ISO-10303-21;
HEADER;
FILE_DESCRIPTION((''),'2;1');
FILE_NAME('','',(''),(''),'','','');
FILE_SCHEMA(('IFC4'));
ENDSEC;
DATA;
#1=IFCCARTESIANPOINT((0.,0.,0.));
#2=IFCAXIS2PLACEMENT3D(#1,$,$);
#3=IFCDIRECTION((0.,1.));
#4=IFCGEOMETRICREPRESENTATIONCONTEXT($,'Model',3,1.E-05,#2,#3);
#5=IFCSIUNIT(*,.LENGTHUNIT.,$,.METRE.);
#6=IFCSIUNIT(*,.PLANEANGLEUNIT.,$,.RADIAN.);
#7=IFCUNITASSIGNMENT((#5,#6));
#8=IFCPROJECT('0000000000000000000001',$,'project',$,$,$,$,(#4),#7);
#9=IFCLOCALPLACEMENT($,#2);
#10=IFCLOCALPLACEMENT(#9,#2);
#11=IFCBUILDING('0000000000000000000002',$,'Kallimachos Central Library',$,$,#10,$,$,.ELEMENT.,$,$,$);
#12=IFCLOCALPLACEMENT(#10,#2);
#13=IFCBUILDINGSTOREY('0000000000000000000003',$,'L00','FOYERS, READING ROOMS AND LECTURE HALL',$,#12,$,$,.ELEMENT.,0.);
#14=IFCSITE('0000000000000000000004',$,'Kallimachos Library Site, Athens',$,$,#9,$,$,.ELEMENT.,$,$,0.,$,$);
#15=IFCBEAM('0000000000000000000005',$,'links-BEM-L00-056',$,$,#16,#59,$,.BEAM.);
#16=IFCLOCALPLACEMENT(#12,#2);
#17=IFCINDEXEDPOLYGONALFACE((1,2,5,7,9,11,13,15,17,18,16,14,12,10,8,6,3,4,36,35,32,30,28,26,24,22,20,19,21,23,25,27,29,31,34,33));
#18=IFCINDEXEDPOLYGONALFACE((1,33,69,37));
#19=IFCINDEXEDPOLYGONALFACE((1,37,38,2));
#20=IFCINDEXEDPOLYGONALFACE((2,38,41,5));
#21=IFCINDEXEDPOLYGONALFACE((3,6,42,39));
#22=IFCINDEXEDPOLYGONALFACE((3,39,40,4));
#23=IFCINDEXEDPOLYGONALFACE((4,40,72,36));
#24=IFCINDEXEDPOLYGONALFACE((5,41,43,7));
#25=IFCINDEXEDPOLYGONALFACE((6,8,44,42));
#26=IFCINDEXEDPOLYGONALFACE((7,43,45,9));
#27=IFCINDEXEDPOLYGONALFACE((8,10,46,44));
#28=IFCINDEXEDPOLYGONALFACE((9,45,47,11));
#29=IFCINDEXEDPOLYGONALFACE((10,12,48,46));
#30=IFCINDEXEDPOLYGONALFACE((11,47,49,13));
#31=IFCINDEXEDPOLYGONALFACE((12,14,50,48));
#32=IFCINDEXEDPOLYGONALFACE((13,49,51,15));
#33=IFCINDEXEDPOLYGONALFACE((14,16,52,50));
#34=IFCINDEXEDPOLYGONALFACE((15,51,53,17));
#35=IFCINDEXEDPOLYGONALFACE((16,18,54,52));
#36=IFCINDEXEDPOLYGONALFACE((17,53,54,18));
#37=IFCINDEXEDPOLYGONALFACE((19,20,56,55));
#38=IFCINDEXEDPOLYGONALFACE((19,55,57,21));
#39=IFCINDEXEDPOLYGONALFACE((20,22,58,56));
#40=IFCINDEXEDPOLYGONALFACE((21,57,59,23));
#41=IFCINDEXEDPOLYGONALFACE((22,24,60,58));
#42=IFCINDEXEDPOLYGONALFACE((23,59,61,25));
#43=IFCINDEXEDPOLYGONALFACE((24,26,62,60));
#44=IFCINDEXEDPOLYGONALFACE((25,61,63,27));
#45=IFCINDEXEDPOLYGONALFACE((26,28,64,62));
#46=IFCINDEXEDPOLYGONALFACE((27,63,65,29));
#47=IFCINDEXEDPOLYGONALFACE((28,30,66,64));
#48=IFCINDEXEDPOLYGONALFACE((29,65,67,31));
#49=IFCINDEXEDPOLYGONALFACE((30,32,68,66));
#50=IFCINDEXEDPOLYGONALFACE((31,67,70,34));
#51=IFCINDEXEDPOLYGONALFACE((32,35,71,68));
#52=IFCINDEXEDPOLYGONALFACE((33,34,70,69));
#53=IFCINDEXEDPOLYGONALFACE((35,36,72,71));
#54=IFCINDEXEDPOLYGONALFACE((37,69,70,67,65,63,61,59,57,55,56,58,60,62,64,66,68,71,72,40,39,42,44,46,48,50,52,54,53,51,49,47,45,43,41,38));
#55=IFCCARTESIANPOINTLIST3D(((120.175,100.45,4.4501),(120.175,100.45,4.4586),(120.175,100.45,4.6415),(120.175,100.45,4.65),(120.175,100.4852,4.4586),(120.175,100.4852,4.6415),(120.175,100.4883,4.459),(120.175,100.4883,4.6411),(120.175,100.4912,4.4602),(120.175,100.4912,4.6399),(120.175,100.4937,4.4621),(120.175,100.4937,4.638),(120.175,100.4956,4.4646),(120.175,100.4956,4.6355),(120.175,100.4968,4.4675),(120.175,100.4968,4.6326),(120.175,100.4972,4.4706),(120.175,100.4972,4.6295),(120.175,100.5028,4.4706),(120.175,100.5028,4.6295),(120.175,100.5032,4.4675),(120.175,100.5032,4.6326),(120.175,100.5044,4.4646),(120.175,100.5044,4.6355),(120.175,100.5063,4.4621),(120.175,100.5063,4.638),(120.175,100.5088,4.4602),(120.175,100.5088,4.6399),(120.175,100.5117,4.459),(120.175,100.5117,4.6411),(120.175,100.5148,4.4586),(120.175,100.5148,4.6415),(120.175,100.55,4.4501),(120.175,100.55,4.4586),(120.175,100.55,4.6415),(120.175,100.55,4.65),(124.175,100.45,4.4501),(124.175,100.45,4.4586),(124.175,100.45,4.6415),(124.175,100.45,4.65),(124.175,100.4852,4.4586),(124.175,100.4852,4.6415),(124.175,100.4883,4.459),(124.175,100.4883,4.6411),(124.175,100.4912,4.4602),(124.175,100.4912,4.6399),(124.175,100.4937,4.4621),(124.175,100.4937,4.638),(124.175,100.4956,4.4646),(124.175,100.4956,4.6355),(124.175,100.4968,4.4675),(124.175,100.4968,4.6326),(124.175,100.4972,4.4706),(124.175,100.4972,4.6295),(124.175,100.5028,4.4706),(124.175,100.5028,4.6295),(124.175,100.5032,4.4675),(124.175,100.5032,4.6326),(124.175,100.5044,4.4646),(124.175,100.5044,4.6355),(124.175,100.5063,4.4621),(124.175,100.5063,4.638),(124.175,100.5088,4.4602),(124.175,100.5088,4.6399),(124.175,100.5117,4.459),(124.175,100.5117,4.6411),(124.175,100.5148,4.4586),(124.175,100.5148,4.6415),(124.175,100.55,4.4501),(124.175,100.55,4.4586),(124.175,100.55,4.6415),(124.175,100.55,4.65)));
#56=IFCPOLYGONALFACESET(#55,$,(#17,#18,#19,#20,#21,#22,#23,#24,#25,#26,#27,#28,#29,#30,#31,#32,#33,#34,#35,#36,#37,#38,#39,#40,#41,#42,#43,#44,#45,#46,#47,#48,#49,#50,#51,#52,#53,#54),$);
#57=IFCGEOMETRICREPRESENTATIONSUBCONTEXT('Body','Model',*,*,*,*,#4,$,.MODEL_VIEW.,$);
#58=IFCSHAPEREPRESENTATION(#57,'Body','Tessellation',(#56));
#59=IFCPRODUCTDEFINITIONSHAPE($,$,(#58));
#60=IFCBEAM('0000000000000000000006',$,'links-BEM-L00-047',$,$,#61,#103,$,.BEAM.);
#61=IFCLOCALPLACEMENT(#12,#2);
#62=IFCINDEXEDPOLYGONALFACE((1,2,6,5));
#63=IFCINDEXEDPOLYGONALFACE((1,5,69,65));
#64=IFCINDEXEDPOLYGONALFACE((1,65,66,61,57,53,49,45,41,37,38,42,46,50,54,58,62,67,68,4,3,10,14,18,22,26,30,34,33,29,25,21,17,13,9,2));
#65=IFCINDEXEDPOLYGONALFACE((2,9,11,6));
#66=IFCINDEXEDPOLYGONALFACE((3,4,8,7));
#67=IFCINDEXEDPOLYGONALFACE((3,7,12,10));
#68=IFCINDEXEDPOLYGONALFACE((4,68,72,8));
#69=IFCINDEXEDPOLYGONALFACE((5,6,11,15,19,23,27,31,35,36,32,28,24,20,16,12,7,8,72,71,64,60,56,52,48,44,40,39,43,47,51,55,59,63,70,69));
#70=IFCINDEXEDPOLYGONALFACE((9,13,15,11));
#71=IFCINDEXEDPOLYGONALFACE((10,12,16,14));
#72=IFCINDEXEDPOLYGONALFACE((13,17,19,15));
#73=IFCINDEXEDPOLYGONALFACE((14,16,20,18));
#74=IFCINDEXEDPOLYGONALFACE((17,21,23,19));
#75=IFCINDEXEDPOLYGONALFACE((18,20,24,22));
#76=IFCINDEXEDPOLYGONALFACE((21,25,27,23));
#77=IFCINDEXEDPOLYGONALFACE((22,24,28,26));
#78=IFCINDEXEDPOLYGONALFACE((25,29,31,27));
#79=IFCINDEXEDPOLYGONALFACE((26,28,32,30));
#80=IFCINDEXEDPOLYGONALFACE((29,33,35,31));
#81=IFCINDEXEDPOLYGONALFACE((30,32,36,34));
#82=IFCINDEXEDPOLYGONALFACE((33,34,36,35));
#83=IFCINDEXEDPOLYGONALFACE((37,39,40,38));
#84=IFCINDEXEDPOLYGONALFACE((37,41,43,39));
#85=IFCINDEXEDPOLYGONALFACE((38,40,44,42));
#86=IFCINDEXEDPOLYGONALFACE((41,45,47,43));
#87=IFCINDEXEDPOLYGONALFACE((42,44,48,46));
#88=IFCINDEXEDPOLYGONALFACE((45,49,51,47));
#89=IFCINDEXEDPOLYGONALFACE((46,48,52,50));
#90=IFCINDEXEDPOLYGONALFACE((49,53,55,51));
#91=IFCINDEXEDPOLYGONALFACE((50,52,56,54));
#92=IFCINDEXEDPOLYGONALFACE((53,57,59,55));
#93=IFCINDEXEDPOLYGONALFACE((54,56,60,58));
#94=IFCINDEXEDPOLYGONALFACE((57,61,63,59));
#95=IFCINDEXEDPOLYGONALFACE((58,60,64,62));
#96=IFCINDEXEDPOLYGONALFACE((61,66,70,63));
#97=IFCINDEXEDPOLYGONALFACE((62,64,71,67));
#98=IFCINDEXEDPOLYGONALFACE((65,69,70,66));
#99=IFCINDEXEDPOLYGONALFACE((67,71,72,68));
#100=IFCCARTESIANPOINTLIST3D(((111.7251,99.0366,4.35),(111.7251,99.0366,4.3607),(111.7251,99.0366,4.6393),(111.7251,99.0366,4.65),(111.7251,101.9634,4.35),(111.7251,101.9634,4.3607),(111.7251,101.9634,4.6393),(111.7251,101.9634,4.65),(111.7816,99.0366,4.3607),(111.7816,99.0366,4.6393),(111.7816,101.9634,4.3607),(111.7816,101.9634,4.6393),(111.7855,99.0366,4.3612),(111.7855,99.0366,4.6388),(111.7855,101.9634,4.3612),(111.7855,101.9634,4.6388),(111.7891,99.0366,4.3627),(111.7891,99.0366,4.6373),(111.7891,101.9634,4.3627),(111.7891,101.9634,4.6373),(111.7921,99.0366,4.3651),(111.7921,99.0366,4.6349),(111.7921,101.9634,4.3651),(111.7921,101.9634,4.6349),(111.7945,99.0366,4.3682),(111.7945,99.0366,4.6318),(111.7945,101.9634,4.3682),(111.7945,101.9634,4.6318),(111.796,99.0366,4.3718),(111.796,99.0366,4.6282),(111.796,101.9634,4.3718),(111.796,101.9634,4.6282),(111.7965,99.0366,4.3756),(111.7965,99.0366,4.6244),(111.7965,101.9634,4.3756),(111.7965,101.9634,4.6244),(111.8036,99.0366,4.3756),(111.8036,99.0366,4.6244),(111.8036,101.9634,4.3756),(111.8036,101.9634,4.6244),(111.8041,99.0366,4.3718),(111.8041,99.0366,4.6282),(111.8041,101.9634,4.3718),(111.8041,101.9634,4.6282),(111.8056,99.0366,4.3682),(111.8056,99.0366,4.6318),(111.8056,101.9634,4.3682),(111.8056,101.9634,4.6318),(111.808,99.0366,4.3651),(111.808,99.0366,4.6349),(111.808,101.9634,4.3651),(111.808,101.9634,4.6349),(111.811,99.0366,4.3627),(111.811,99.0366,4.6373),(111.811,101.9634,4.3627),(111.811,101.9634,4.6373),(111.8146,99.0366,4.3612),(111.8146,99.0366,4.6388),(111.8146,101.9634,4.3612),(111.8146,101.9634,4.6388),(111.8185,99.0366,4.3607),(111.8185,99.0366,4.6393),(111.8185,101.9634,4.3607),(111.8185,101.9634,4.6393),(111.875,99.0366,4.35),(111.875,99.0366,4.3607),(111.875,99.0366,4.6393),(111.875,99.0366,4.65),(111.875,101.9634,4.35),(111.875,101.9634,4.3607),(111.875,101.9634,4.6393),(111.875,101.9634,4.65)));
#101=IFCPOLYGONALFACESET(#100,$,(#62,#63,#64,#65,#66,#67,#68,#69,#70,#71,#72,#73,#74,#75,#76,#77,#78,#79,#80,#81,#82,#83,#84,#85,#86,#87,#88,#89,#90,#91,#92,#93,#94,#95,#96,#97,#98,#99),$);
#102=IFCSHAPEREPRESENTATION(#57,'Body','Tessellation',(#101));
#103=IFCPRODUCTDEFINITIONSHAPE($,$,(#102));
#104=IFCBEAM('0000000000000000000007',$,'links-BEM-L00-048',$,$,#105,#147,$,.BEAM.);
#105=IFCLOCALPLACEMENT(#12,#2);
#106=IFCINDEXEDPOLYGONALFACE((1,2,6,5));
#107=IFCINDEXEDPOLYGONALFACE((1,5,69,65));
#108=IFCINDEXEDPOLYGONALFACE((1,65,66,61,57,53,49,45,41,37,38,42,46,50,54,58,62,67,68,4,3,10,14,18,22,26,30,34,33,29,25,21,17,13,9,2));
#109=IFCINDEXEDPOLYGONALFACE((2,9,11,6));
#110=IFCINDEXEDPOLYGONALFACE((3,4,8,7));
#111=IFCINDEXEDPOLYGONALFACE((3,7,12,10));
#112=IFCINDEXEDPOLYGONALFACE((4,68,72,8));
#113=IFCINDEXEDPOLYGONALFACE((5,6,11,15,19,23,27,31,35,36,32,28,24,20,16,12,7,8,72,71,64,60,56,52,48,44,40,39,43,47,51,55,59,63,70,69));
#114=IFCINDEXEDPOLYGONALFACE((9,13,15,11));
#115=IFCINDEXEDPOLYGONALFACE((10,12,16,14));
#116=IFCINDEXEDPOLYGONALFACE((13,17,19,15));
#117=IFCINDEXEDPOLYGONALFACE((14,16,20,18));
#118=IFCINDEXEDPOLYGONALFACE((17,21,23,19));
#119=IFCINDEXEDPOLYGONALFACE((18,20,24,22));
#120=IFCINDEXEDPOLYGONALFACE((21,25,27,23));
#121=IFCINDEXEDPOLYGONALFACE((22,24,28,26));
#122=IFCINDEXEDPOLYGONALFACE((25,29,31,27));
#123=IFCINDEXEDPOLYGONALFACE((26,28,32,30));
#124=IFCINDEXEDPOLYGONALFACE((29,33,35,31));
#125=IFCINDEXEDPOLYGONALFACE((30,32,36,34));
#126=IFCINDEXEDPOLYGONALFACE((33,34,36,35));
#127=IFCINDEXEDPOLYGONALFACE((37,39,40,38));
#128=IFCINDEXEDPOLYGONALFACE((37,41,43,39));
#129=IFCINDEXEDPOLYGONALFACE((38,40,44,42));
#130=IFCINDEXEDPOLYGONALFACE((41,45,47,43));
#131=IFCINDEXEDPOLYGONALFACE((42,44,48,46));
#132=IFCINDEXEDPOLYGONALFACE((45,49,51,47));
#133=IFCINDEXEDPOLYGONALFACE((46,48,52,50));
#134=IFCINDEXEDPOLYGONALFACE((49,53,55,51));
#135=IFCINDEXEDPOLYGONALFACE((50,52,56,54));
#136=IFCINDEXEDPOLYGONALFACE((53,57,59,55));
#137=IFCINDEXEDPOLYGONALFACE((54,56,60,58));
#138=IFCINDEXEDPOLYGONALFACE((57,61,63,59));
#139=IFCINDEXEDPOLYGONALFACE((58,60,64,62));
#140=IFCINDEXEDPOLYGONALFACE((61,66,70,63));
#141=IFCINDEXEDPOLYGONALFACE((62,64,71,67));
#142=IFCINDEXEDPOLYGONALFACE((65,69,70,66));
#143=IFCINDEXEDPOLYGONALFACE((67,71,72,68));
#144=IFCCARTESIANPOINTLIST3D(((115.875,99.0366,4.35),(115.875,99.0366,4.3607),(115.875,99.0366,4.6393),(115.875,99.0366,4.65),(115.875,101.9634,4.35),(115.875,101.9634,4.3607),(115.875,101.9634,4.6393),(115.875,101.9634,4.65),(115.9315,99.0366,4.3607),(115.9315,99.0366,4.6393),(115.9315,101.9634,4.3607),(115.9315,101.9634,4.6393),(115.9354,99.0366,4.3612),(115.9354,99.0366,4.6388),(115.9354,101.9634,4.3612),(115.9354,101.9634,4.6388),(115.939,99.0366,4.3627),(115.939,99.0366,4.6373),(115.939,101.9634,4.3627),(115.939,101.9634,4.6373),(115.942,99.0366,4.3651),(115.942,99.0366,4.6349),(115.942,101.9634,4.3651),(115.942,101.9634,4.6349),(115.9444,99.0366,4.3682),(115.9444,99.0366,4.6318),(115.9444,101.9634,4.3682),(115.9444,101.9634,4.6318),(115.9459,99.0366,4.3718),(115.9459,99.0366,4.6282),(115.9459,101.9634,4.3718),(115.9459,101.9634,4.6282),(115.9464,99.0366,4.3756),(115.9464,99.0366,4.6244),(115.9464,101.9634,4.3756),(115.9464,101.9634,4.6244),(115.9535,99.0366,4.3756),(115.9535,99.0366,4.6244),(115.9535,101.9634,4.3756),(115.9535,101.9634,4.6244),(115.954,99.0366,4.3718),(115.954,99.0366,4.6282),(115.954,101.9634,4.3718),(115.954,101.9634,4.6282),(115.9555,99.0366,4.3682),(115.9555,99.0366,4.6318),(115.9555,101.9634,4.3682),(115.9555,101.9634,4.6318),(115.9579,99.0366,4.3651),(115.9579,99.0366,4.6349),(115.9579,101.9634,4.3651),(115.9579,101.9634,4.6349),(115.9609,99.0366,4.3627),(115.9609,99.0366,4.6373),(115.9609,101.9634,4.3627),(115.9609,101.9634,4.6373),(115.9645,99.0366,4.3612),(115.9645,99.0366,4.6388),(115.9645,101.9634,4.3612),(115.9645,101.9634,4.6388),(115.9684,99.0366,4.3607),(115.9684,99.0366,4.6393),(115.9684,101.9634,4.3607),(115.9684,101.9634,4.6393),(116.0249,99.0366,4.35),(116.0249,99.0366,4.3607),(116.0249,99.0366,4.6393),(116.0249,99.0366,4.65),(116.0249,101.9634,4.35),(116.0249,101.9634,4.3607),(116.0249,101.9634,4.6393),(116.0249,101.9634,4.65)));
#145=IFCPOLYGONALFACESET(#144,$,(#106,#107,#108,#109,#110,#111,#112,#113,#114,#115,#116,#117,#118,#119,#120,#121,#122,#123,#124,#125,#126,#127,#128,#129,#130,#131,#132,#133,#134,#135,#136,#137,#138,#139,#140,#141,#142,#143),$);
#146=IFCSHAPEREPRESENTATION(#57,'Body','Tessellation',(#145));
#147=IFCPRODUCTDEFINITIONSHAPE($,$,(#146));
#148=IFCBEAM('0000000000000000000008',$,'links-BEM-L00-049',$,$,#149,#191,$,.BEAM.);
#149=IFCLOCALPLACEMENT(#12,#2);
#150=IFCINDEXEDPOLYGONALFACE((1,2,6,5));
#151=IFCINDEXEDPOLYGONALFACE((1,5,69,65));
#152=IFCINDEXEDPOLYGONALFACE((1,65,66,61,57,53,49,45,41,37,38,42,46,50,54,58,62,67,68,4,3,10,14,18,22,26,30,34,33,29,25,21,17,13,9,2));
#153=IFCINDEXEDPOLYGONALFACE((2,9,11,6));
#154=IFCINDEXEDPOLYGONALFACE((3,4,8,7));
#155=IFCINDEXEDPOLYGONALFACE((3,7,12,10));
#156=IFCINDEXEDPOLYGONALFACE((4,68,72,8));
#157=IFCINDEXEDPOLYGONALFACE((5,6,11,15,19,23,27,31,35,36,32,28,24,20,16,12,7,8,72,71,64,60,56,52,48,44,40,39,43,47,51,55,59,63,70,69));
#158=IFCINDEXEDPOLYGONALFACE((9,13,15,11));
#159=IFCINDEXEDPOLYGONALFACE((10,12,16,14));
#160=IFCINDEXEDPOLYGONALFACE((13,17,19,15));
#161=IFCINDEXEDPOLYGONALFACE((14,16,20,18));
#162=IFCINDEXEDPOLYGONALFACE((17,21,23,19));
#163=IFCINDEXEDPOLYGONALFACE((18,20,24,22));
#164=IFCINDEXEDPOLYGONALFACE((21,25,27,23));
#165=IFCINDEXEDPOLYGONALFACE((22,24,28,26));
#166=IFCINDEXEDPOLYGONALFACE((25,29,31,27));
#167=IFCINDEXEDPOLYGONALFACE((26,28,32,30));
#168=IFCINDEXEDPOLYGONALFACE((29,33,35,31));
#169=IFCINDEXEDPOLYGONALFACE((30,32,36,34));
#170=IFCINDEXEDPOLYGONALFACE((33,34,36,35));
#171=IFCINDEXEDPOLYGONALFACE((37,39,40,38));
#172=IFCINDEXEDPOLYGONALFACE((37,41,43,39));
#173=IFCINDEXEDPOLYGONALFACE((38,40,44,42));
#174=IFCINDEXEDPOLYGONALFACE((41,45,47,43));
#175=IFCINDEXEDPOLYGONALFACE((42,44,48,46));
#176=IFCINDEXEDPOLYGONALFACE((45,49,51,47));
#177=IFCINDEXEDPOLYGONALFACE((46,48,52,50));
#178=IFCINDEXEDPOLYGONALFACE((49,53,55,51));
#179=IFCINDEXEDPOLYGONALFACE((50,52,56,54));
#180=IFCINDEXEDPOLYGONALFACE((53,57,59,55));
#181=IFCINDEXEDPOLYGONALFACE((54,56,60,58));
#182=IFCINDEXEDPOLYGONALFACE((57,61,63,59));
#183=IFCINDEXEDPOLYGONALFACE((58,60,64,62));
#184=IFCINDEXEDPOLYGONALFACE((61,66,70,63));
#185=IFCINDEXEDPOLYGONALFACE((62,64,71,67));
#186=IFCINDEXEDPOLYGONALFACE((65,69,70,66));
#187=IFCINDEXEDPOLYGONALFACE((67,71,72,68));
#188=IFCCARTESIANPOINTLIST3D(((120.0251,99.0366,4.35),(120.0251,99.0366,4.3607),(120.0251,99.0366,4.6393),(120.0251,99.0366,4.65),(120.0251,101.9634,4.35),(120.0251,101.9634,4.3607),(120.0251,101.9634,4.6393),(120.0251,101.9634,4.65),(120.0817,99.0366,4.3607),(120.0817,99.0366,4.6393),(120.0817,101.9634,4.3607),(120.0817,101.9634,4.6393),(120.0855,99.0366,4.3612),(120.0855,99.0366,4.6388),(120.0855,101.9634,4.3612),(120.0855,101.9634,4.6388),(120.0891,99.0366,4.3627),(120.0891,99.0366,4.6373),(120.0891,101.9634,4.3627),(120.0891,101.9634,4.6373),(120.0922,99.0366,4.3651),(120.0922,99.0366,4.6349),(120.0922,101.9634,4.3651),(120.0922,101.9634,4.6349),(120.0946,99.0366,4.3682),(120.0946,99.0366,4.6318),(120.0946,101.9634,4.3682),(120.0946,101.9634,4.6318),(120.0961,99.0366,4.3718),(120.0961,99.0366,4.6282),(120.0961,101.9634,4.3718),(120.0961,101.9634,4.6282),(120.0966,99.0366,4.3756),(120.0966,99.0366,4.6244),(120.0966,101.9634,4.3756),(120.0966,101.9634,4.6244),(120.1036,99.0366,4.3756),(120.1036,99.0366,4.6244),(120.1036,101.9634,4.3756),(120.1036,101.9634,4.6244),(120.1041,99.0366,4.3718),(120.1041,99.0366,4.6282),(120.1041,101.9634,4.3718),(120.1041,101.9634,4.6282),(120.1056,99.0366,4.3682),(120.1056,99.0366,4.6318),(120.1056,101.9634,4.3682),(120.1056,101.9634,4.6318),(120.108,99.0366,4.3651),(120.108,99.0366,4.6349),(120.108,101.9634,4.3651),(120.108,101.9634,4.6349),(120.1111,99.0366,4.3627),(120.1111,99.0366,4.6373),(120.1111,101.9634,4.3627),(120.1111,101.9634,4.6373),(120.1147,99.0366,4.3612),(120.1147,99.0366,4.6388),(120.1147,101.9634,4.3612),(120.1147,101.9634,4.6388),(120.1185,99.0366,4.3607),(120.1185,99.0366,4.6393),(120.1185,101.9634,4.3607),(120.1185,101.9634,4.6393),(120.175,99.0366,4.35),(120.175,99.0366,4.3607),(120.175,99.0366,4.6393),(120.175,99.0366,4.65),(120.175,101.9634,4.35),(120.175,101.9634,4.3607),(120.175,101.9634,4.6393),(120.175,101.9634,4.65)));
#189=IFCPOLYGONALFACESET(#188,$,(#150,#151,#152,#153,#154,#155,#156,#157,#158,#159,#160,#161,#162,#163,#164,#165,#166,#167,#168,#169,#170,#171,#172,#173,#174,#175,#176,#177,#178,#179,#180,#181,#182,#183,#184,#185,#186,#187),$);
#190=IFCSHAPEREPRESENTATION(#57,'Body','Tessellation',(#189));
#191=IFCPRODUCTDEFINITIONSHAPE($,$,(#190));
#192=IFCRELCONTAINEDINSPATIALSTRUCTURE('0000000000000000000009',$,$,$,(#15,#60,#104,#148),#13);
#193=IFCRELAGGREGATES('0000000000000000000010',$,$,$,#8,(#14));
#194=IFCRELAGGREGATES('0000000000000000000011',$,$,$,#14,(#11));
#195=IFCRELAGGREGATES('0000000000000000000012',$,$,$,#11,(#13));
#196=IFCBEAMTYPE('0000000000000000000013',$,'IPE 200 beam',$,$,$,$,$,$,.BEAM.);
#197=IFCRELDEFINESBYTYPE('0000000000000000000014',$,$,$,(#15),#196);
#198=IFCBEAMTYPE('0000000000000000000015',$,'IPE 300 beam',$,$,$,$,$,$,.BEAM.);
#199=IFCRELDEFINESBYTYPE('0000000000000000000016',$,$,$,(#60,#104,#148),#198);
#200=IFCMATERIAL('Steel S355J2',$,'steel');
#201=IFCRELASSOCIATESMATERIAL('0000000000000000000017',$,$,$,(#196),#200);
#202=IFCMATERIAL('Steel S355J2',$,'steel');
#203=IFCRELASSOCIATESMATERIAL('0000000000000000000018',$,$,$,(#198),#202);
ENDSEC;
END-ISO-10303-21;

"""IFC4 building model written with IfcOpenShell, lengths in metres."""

from ifc_helpers import new_model, si_unit, direction, frame, origin, origin_2d, place, context, subcontext, project, spatial, i_section, extrude, material, material_profile, profile_set, type_object, element, save


model = new_model("IFC4")

# Units and contexts
model_context = context("Model", 3, precision=1e-05, world=origin(), true_north=direction((0.0, 1.0)))
body_context = subcontext(model_context, "Body", "Model", "MODEL_VIEW")
ifc_project = project(units=[si_unit("LENGTHUNIT", "METRE"), si_unit("PLANEANGLEUNIT", "RADIAN")], contexts=[model_context])

# Site, building, storey
site_placement = place(None, origin())
site = spatial("IfcSite", under=ifc_project, at=site_placement, Name="Kallimachos Library Site, Athens", CompositionType="ELEMENT", RefElevation=0.0)
building_placement = place(site_placement, origin())
building = spatial("IfcBuilding", under=site, at=building_placement, Name="Kallimachos Central Library", CompositionType="ELEMENT")
storey_placement = place(building_placement, origin())
storey = spatial("IfcBuildingStorey", under=building, at=storey_placement, Name="L00", Description="FOYERS, READING ROOMS AND LECTURE HALL", CompositionType="ELEMENT", Elevation=0.0)

# Beams
ifc_material_1 = material(Name="Steel S355J2", Category="steel")
ifc_material_profile_1 = material_profile(ifc_material_1, i_section(OverallWidth=0.1001, OverallDepth=0.2, WebThickness=0.0056, FlangeThickness=0.0085, FilletRadius=0.012, at=origin_2d()), Name="IPE 200")
ifc_profile_set_1 = profile_set([ifc_material_profile_1], Name="Steel S355J2")
beam_type_1 = type_object("IfcBeamType", Name="IPE 200 beam", PredefinedType="BEAM", material=ifc_profile_set_1)
for number, where, z_axis, x_axis, name in (
    (1, (120.175, 100.5, 4.55), (1.0, 0.0, 0.0), (0.0, 1.0, 0.0), "links-BEM-L00-056"),
):
    element("IfcBeam", number, at=place(storey_placement, frame(where, z_axis=z_axis, x_axis=x_axis)), inside=storey, type_object=beam_type_1, Name=name, PredefinedType="BEAM", context=body_context, shape_type="SweptSolid", body=[
        extrude(i_section(OverallWidth=0.1001, OverallDepth=0.2, WebThickness=0.0056, FlangeThickness=0.0085, FilletRadius=0.012, at=origin_2d()), origin(), (0.0, 0.0, 1.0), 4.0),
    ])
ifc_material_2 = material(Name="Steel S355J2", Category="steel")
ifc_material_profile_2 = material_profile(ifc_material_2, i_section(OverallWidth=0.1499, OverallDepth=0.3, WebThickness=0.0071, FlangeThickness=0.0107, FilletRadius=0.0149, at=origin_2d()), Name="IPE 300")
ifc_profile_set_2 = profile_set([ifc_material_profile_2], Name="Steel S355J2")
beam_type_2 = type_object("IfcBeamType", Name="IPE 300 beam", PredefinedType="BEAM", material=ifc_profile_set_2)
for number, where, z_axis, x_axis, name in (
    (2, (111.8, 99.0366, 4.5), (0.0, 1.0, 0.0), (-1.0, 0.0, 0.0), "links-BEM-L00-047"),
    (3, (115.95, 99.0366, 4.5), (0.0, 1.0, 0.0), (-1.0, 0.0, 0.0), "links-BEM-L00-048"),
    (4, (120.1001, 99.0366, 4.5), (0.0, 1.0, 0.0), (-1.0, 0.0, 0.0), "links-BEM-L00-049"),
):
    element("IfcBeam", number, at=place(storey_placement, frame(where, z_axis=z_axis, x_axis=x_axis)), inside=storey, type_object=beam_type_2, Name=name, PredefinedType="BEAM", context=body_context, shape_type="SweptSolid", body=[
        extrude(i_section(OverallWidth=0.1499, OverallDepth=0.3, WebThickness=0.0071, FlangeThickness=0.0107, FilletRadius=0.0149, at=origin_2d()), origin(), (0.0, 0.0, 1.0), 2.9268),
    ])

save(model, "model.ifc")
